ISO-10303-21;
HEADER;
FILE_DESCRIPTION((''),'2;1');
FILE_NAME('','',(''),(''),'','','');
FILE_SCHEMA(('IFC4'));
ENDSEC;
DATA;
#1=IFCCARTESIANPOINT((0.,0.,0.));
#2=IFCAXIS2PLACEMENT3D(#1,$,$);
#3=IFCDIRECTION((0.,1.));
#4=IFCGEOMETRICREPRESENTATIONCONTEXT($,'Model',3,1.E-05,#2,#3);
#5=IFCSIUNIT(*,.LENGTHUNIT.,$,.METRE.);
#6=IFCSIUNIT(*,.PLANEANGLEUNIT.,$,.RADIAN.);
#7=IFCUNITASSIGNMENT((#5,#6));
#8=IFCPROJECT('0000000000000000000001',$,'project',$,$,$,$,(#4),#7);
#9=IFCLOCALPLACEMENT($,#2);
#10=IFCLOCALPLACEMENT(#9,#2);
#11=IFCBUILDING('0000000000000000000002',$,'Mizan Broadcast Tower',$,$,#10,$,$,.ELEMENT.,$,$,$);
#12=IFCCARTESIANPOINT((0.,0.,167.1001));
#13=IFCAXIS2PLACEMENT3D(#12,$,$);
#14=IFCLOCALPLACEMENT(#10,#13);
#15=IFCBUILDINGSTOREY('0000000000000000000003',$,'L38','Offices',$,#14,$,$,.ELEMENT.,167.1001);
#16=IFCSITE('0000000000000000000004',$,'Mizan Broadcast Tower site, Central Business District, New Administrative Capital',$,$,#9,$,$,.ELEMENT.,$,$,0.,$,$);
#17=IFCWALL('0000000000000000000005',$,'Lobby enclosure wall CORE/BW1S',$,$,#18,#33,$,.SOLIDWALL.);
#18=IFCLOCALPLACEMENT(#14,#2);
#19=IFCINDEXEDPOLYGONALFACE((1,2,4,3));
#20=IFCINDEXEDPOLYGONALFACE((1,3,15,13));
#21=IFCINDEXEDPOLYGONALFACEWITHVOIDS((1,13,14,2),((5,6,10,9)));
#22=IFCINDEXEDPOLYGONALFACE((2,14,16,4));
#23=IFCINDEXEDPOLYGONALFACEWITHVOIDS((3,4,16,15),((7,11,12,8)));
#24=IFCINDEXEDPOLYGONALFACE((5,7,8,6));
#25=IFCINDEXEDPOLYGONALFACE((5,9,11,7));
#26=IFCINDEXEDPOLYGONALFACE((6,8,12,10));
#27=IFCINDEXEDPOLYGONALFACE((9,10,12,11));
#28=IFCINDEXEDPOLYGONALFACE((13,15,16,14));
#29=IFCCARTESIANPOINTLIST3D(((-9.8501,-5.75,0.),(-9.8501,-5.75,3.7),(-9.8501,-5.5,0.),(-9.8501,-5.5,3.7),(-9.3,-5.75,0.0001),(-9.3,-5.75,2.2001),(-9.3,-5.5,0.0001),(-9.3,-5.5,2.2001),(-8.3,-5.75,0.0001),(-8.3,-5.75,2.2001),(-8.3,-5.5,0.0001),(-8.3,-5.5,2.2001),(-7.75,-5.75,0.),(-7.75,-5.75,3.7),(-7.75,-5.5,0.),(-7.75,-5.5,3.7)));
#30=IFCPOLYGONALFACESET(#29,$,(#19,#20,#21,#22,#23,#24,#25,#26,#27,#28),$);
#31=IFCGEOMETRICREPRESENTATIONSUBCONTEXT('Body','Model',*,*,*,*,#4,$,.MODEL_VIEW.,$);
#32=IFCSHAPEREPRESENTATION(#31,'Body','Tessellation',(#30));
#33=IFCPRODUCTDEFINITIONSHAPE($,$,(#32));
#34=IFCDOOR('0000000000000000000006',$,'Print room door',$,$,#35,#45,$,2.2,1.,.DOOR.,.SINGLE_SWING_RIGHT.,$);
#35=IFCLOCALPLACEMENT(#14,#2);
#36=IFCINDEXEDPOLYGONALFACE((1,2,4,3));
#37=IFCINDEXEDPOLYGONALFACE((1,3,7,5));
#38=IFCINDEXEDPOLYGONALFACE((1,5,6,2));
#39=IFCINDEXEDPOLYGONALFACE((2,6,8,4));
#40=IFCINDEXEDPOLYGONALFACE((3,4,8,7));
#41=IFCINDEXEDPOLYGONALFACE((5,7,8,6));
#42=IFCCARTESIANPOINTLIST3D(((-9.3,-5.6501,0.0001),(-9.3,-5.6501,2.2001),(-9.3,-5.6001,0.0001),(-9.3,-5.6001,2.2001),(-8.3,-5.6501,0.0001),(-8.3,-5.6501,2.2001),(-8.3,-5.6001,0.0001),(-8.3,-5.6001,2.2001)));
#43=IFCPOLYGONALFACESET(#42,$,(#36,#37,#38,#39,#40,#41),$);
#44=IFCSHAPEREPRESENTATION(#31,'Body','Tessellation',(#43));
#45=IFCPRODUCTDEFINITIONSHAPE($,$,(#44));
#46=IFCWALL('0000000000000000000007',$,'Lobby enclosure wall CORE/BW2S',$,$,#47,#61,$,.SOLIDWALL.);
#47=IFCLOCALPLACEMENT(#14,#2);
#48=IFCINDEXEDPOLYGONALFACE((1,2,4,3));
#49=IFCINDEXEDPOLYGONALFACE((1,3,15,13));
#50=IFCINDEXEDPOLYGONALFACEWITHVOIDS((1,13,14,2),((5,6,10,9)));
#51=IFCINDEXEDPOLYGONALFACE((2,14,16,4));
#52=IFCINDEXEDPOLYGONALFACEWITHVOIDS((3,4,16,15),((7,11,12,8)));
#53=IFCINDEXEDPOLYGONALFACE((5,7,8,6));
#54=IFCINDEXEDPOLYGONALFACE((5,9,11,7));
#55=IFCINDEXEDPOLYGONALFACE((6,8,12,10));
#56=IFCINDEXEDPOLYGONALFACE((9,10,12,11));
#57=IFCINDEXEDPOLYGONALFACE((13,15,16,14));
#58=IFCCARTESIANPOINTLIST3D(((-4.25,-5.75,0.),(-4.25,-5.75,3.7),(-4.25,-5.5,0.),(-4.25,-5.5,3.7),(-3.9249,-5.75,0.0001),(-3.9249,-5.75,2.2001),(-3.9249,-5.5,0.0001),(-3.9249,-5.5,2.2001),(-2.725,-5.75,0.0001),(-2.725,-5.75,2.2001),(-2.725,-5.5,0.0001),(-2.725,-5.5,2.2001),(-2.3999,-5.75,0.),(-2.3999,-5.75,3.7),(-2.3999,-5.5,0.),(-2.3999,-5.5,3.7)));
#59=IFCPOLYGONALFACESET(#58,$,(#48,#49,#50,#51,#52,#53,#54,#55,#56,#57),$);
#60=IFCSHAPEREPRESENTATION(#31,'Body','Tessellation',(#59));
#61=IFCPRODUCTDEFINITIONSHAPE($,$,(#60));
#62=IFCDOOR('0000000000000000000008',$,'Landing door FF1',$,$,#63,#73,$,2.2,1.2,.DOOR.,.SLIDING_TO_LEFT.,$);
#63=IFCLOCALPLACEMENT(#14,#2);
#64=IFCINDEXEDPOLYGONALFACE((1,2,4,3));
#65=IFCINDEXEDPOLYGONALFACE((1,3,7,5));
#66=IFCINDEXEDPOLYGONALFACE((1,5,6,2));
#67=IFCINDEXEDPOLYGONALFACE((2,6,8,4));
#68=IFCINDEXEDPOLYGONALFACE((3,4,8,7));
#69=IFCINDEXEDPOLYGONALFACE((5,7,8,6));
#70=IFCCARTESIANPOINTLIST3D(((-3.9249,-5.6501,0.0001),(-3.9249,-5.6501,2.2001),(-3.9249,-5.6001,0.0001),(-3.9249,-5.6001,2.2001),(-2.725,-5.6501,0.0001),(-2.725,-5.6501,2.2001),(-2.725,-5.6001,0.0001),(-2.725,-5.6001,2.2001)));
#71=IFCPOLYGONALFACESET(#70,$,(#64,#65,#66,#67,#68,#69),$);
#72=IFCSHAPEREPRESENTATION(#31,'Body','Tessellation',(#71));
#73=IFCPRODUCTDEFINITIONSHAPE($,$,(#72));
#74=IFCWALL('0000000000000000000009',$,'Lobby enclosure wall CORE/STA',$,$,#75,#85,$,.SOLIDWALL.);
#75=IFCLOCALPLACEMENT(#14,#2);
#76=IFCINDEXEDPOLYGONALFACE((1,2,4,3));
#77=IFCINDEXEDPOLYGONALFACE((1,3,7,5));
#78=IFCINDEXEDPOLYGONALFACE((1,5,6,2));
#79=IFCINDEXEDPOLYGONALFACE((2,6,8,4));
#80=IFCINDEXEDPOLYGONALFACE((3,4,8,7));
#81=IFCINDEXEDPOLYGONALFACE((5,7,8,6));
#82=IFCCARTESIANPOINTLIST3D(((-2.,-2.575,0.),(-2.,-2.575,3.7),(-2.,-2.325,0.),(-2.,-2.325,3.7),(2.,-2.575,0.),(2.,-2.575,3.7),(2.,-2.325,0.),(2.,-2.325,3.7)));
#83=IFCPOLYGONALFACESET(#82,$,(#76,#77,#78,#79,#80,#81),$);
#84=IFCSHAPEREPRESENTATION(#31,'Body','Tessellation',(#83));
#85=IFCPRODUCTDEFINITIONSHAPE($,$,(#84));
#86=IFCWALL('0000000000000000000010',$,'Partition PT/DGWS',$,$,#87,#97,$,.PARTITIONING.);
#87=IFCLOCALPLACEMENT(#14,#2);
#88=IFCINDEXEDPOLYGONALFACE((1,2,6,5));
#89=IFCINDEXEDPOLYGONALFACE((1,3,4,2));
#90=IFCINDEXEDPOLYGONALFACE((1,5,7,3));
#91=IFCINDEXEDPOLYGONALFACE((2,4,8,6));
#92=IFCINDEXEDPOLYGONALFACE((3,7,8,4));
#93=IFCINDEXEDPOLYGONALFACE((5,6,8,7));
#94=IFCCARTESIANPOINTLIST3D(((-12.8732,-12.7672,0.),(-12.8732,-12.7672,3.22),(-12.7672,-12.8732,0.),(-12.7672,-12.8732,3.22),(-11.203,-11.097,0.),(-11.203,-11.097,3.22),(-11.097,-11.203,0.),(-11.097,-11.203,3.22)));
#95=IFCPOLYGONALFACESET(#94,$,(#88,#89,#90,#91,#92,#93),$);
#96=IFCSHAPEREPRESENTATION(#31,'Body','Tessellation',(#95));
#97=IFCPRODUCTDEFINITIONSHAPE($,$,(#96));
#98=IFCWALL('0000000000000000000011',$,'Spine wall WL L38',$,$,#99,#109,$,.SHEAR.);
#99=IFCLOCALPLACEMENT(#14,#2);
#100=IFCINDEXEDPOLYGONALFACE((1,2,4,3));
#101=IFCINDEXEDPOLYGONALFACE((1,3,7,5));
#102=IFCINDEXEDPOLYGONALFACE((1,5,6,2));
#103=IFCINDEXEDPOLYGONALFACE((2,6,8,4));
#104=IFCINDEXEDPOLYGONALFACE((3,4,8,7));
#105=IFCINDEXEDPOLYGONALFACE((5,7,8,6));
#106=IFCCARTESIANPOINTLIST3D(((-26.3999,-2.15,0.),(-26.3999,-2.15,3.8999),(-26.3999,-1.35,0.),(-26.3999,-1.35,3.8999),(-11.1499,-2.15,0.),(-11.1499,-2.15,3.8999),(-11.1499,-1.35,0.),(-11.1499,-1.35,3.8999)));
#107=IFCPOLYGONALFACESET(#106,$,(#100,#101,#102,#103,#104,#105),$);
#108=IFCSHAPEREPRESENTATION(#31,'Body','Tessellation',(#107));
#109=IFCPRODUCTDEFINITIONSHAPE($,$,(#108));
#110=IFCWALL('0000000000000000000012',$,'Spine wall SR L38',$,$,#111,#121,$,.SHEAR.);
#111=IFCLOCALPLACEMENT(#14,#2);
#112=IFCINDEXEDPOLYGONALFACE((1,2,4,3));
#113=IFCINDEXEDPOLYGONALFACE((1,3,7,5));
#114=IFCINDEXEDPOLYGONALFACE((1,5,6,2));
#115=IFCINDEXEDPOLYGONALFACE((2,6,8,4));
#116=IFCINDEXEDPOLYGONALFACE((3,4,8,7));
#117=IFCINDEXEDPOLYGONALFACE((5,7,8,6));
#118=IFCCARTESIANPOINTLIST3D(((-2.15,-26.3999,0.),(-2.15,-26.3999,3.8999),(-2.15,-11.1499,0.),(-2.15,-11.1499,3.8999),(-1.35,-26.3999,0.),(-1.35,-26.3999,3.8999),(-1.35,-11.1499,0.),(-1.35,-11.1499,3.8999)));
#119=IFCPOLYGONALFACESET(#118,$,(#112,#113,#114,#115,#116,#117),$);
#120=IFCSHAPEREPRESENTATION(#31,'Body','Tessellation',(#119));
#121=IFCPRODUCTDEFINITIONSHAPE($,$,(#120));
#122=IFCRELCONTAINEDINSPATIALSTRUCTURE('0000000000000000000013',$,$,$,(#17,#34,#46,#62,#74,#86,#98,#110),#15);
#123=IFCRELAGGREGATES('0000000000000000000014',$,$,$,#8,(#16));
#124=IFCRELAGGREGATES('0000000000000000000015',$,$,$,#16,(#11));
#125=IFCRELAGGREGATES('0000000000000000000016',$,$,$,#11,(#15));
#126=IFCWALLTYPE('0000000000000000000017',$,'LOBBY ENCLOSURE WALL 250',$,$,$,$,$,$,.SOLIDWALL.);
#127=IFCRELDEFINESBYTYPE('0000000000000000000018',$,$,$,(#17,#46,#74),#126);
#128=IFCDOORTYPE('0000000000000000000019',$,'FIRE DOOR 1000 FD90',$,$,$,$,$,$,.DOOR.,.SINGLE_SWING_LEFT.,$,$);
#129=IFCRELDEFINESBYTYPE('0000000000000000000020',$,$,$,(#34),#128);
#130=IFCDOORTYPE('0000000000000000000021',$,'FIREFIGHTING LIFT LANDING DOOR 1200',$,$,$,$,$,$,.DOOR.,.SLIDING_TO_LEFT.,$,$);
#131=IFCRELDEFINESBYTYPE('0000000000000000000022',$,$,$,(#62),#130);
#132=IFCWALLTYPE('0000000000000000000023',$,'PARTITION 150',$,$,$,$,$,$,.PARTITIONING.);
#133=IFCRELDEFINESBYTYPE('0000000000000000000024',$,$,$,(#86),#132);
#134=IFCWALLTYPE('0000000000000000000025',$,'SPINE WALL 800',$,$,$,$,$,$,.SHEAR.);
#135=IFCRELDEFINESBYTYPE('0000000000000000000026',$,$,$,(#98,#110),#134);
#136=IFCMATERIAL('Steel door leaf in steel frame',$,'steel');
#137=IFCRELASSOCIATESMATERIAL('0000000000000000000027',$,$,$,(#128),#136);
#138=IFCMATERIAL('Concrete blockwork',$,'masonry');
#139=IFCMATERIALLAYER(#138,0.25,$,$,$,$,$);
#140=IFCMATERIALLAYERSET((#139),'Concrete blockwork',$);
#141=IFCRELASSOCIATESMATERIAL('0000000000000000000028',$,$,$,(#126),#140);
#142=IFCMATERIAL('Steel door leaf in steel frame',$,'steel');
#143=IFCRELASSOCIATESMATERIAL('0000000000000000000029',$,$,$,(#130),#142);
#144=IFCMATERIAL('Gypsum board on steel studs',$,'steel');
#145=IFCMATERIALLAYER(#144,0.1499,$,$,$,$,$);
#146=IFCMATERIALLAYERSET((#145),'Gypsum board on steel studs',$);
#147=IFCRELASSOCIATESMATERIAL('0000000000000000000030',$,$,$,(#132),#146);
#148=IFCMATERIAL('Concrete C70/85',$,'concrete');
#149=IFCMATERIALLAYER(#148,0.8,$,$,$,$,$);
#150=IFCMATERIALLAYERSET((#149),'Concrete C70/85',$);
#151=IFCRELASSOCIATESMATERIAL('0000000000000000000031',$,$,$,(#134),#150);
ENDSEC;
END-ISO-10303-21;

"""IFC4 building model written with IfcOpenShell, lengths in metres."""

from ifc_helpers import new_model, si_unit, direction, frame, frame_2d, origin, place, context, subcontext, project, spatial, rectangle, extrude, material, layer, layer_set, type_object, element, fill, save


model = new_model("IFC4")

# Units and contexts
model_context = context("Model", 3, precision=1e-05, world=origin(), true_north=direction((0.0, 1.0)))
body_context = subcontext(model_context, "Body", "Model", "MODEL_VIEW")
ifc_project = project(units=[si_unit("LENGTHUNIT", "METRE"), si_unit("PLANEANGLEUNIT", "RADIAN")], contexts=[model_context])

# Site, building, storey
site_placement = place(None, origin())
site = spatial("IfcSite", under=ifc_project, at=site_placement, Name="Mizan Broadcast Tower site, Central Business District, New Administrative Capital", CompositionType="ELEMENT", RefElevation=0.0)
building_placement = place(site_placement, origin())
building = spatial("IfcBuilding", under=site, at=building_placement, Name="Mizan Broadcast Tower", CompositionType="ELEMENT")
storey_placement = place(building_placement, frame((0.0, 0.0, 167.1001)))
storey = spatial("IfcBuildingStorey", under=building, at=storey_placement, Name="L38", Description="Offices", CompositionType="ELEMENT", Elevation=167.1001)

# Shared definitions
ifc_material_1 = material(Name="Steel door leaf in steel frame", Category="steel")
door_type_1 = type_object("IfcDoorType", Name="FIRE DOOR 1000 FD90", OperationType="SINGLE_SWING_LEFT", PredefinedType="DOOR", material=ifc_material_1)

# Walls, openings, doors
ifc_material_2 = material(Name="Concrete blockwork", Category="masonry")
ifc_layer_1 = layer(ifc_material_2, 0.25)
ifc_layer_set_1 = layer_set([ifc_layer_1], Name="Concrete blockwork")
wall_type_1 = type_object("IfcWallType", Name="LOBBY ENCLOSURE WALL 250", PredefinedType="SOLIDWALL", material=ifc_layer_set_1)
wall_1_placement = place(storey_placement, frame((-9.8501, -5.625, 0.0), z_axis=(0.0, 0.0, 1.0), x_axis=(1.0, 0.0, 0.0)))
wall_1 = element("IfcWall", 1, at=wall_1_placement, inside=storey, type_object=wall_type_1, Name="Lobby enclosure wall CORE/BW1S", PredefinedType="SOLIDWALL", context=body_context, shape_type="SweptSolid", body=[
    extrude(rectangle(XDim=2.1001, YDim=0.25, at=frame_2d((1.05, 0.0))), origin(), (0.0, 0.0, 1.0), 3.7),
])
opening_1_placement = place(wall_1_placement, frame((0.55, 0.0, 0.0)))
opening_1 = element("IfcOpeningElement", 2, at=opening_1_placement, cuts=wall_1, PredefinedType="OPENING", context=body_context, shape_type="SweptSolid", body=[
    extrude(rectangle(XDim=1.0, YDim=2.2, at=frame_2d((0.5, 1.1001))), frame((0.0, 0.135, 0.0), z_axis=(0.0, -1.0, 0.0), x_axis=(1.0, 0.0, 0.0)), (0.0, 0.0, 1.0), 0.27),
])
door_1_placement = place(opening_1_placement, origin())
door_1 = element("IfcDoor", 3, at=door_1_placement, inside=storey, type_object=door_type_1, Name="Print room door", OperationType="SINGLE_SWING_RIGHT", OverallHeight=2.2, OverallWidth=1.0, PredefinedType="DOOR", context=body_context, shape_type="SweptSolid", body=[
    extrude(rectangle(XDim=1.0, YDim=2.2, at=frame_2d((0.5, 1.1001))), frame((0.0, 0.0249, 0.0), z_axis=(0.0, -1.0, 0.0), x_axis=(1.0, 0.0, 0.0)), (0.0, 0.0, 1.0), 0.05),
])
fill(opening_1, door_1)
wall_2_placement = place(storey_placement, frame((-4.25, -5.625, 0.0), z_axis=(0.0, 0.0, 1.0), x_axis=(1.0, 0.0, 0.0)))
wall_2 = element("IfcWall", 4, at=wall_2_placement, inside=storey, type_object=wall_type_1, Name="Lobby enclosure wall CORE/BW2S", PredefinedType="SOLIDWALL", context=body_context, shape_type="SweptSolid", body=[
    extrude(rectangle(XDim=1.8501, YDim=0.25, at=frame_2d((0.925, 0.0))), origin(), (0.0, 0.0, 1.0), 3.7),
])
opening_2_placement = place(wall_2_placement, frame((0.325, 0.0, 0.0)))
opening_2 = element("IfcOpeningElement", 5, at=opening_2_placement, cuts=wall_2, PredefinedType="OPENING", context=body_context, shape_type="SweptSolid", body=[
    extrude(rectangle(XDim=1.2, YDim=2.2, at=frame_2d((0.6001, 1.1001))), frame((0.0, 0.135, 0.0), z_axis=(0.0, -1.0, 0.0), x_axis=(1.0, 0.0, 0.0)), (0.0, 0.0, 1.0), 0.27),
])
ifc_material_3 = material(Name="Steel door leaf in steel frame", Category="steel")
door_type_2 = type_object("IfcDoorType", Name="FIREFIGHTING LIFT LANDING DOOR 1200", OperationType="SLIDING_TO_LEFT", PredefinedType="DOOR", material=ifc_material_3)
door_2_placement = place(opening_2_placement, origin())
door_2 = element("IfcDoor", 6, at=door_2_placement, inside=storey, type_object=door_type_2, Name="Landing door FF1", OperationType="SLIDING_TO_LEFT", OverallHeight=2.2, OverallWidth=1.2, PredefinedType="DOOR", context=body_context, shape_type="SweptSolid", body=[
    extrude(rectangle(XDim=1.2, YDim=2.2, at=frame_2d((0.6001, 1.1001))), frame((0.0, 0.0249, 0.0), z_axis=(0.0, -1.0, 0.0), x_axis=(1.0, 0.0, 0.0)), (0.0, 0.0, 1.0), 0.05),
])
fill(opening_2, door_2)

# Walls
wall_3_placement = place(storey_placement, frame((-2.0, -2.45, 0.0), z_axis=(0.0, 0.0, 1.0), x_axis=(1.0, 0.0, 0.0)))
element("IfcWall", 7, at=wall_3_placement, inside=storey, type_object=wall_type_1, Name="Lobby enclosure wall CORE/STA", PredefinedType="SOLIDWALL", context=body_context, shape_type="SweptSolid", body=[
    extrude(rectangle(XDim=4.0, YDim=0.25, at=frame_2d((2.0, 0.0))), origin(), (0.0, 0.0, 1.0), 3.7),
])
ifc_material_4 = material(Name="Gypsum board on steel studs", Category="steel")
ifc_layer_2 = layer(ifc_material_4, 0.1499)
ifc_layer_set_2 = layer_set([ifc_layer_2], Name="Gypsum board on steel studs")
wall_type_2 = type_object("IfcWallType", Name="PARTITION 150", PredefinedType="PARTITIONING", material=ifc_layer_set_2)
wall_4_placement = place(storey_placement, frame((-11.1499, -11.1499, 0.0), z_axis=(0.0, 0.0, 1.0), x_axis=(-0.707107, -0.707107, 0.0)))
element("IfcWall", 8, at=wall_4_placement, inside=storey, type_object=wall_type_2, Name="Partition PT/DGWS", PredefinedType="PARTITIONING", context=body_context, shape_type="SweptSolid", body=[
    extrude(rectangle(XDim=2.3621, YDim=0.1499, at=frame_2d((1.1812, 0.0))), origin(), (0.0, 0.0, 1.0), 3.22),
])
ifc_material_5 = material(Name="Concrete C70/85", Category="concrete")
ifc_layer_3 = layer(ifc_material_5, 0.8)
ifc_layer_set_3 = layer_set([ifc_layer_3], Name="Concrete C70/85")
wall_type_3 = type_object("IfcWallType", Name="SPINE WALL 800", PredefinedType="SHEAR", material=ifc_layer_set_3)
for number, where, z_axis, x_axis, name in (
    (9, (-11.1499, -1.75, 0.0), (0.0, 0.0, 1.0), (-1.0, 0.0, 0.0), "Spine wall WL L38"),
    (10, (-1.75, -11.1499, 0.0), (0.0, 0.0, 1.0), (0.0, -1.0, 0.0), "Spine wall SR L38"),
):
    element("IfcWall", number, at=place(storey_placement, frame(where, z_axis=z_axis, x_axis=x_axis)), inside=storey, type_object=wall_type_3, Name=name, PredefinedType="SHEAR", context=body_context, shape_type="SweptSolid", body=[
        extrude(rectangle(XDim=15.25, YDim=0.8, at=frame_2d((7.625, 0.0))), origin(), (0.0, 0.0, 1.0), 3.8999),
    ])

save(model, "model.ifc")
